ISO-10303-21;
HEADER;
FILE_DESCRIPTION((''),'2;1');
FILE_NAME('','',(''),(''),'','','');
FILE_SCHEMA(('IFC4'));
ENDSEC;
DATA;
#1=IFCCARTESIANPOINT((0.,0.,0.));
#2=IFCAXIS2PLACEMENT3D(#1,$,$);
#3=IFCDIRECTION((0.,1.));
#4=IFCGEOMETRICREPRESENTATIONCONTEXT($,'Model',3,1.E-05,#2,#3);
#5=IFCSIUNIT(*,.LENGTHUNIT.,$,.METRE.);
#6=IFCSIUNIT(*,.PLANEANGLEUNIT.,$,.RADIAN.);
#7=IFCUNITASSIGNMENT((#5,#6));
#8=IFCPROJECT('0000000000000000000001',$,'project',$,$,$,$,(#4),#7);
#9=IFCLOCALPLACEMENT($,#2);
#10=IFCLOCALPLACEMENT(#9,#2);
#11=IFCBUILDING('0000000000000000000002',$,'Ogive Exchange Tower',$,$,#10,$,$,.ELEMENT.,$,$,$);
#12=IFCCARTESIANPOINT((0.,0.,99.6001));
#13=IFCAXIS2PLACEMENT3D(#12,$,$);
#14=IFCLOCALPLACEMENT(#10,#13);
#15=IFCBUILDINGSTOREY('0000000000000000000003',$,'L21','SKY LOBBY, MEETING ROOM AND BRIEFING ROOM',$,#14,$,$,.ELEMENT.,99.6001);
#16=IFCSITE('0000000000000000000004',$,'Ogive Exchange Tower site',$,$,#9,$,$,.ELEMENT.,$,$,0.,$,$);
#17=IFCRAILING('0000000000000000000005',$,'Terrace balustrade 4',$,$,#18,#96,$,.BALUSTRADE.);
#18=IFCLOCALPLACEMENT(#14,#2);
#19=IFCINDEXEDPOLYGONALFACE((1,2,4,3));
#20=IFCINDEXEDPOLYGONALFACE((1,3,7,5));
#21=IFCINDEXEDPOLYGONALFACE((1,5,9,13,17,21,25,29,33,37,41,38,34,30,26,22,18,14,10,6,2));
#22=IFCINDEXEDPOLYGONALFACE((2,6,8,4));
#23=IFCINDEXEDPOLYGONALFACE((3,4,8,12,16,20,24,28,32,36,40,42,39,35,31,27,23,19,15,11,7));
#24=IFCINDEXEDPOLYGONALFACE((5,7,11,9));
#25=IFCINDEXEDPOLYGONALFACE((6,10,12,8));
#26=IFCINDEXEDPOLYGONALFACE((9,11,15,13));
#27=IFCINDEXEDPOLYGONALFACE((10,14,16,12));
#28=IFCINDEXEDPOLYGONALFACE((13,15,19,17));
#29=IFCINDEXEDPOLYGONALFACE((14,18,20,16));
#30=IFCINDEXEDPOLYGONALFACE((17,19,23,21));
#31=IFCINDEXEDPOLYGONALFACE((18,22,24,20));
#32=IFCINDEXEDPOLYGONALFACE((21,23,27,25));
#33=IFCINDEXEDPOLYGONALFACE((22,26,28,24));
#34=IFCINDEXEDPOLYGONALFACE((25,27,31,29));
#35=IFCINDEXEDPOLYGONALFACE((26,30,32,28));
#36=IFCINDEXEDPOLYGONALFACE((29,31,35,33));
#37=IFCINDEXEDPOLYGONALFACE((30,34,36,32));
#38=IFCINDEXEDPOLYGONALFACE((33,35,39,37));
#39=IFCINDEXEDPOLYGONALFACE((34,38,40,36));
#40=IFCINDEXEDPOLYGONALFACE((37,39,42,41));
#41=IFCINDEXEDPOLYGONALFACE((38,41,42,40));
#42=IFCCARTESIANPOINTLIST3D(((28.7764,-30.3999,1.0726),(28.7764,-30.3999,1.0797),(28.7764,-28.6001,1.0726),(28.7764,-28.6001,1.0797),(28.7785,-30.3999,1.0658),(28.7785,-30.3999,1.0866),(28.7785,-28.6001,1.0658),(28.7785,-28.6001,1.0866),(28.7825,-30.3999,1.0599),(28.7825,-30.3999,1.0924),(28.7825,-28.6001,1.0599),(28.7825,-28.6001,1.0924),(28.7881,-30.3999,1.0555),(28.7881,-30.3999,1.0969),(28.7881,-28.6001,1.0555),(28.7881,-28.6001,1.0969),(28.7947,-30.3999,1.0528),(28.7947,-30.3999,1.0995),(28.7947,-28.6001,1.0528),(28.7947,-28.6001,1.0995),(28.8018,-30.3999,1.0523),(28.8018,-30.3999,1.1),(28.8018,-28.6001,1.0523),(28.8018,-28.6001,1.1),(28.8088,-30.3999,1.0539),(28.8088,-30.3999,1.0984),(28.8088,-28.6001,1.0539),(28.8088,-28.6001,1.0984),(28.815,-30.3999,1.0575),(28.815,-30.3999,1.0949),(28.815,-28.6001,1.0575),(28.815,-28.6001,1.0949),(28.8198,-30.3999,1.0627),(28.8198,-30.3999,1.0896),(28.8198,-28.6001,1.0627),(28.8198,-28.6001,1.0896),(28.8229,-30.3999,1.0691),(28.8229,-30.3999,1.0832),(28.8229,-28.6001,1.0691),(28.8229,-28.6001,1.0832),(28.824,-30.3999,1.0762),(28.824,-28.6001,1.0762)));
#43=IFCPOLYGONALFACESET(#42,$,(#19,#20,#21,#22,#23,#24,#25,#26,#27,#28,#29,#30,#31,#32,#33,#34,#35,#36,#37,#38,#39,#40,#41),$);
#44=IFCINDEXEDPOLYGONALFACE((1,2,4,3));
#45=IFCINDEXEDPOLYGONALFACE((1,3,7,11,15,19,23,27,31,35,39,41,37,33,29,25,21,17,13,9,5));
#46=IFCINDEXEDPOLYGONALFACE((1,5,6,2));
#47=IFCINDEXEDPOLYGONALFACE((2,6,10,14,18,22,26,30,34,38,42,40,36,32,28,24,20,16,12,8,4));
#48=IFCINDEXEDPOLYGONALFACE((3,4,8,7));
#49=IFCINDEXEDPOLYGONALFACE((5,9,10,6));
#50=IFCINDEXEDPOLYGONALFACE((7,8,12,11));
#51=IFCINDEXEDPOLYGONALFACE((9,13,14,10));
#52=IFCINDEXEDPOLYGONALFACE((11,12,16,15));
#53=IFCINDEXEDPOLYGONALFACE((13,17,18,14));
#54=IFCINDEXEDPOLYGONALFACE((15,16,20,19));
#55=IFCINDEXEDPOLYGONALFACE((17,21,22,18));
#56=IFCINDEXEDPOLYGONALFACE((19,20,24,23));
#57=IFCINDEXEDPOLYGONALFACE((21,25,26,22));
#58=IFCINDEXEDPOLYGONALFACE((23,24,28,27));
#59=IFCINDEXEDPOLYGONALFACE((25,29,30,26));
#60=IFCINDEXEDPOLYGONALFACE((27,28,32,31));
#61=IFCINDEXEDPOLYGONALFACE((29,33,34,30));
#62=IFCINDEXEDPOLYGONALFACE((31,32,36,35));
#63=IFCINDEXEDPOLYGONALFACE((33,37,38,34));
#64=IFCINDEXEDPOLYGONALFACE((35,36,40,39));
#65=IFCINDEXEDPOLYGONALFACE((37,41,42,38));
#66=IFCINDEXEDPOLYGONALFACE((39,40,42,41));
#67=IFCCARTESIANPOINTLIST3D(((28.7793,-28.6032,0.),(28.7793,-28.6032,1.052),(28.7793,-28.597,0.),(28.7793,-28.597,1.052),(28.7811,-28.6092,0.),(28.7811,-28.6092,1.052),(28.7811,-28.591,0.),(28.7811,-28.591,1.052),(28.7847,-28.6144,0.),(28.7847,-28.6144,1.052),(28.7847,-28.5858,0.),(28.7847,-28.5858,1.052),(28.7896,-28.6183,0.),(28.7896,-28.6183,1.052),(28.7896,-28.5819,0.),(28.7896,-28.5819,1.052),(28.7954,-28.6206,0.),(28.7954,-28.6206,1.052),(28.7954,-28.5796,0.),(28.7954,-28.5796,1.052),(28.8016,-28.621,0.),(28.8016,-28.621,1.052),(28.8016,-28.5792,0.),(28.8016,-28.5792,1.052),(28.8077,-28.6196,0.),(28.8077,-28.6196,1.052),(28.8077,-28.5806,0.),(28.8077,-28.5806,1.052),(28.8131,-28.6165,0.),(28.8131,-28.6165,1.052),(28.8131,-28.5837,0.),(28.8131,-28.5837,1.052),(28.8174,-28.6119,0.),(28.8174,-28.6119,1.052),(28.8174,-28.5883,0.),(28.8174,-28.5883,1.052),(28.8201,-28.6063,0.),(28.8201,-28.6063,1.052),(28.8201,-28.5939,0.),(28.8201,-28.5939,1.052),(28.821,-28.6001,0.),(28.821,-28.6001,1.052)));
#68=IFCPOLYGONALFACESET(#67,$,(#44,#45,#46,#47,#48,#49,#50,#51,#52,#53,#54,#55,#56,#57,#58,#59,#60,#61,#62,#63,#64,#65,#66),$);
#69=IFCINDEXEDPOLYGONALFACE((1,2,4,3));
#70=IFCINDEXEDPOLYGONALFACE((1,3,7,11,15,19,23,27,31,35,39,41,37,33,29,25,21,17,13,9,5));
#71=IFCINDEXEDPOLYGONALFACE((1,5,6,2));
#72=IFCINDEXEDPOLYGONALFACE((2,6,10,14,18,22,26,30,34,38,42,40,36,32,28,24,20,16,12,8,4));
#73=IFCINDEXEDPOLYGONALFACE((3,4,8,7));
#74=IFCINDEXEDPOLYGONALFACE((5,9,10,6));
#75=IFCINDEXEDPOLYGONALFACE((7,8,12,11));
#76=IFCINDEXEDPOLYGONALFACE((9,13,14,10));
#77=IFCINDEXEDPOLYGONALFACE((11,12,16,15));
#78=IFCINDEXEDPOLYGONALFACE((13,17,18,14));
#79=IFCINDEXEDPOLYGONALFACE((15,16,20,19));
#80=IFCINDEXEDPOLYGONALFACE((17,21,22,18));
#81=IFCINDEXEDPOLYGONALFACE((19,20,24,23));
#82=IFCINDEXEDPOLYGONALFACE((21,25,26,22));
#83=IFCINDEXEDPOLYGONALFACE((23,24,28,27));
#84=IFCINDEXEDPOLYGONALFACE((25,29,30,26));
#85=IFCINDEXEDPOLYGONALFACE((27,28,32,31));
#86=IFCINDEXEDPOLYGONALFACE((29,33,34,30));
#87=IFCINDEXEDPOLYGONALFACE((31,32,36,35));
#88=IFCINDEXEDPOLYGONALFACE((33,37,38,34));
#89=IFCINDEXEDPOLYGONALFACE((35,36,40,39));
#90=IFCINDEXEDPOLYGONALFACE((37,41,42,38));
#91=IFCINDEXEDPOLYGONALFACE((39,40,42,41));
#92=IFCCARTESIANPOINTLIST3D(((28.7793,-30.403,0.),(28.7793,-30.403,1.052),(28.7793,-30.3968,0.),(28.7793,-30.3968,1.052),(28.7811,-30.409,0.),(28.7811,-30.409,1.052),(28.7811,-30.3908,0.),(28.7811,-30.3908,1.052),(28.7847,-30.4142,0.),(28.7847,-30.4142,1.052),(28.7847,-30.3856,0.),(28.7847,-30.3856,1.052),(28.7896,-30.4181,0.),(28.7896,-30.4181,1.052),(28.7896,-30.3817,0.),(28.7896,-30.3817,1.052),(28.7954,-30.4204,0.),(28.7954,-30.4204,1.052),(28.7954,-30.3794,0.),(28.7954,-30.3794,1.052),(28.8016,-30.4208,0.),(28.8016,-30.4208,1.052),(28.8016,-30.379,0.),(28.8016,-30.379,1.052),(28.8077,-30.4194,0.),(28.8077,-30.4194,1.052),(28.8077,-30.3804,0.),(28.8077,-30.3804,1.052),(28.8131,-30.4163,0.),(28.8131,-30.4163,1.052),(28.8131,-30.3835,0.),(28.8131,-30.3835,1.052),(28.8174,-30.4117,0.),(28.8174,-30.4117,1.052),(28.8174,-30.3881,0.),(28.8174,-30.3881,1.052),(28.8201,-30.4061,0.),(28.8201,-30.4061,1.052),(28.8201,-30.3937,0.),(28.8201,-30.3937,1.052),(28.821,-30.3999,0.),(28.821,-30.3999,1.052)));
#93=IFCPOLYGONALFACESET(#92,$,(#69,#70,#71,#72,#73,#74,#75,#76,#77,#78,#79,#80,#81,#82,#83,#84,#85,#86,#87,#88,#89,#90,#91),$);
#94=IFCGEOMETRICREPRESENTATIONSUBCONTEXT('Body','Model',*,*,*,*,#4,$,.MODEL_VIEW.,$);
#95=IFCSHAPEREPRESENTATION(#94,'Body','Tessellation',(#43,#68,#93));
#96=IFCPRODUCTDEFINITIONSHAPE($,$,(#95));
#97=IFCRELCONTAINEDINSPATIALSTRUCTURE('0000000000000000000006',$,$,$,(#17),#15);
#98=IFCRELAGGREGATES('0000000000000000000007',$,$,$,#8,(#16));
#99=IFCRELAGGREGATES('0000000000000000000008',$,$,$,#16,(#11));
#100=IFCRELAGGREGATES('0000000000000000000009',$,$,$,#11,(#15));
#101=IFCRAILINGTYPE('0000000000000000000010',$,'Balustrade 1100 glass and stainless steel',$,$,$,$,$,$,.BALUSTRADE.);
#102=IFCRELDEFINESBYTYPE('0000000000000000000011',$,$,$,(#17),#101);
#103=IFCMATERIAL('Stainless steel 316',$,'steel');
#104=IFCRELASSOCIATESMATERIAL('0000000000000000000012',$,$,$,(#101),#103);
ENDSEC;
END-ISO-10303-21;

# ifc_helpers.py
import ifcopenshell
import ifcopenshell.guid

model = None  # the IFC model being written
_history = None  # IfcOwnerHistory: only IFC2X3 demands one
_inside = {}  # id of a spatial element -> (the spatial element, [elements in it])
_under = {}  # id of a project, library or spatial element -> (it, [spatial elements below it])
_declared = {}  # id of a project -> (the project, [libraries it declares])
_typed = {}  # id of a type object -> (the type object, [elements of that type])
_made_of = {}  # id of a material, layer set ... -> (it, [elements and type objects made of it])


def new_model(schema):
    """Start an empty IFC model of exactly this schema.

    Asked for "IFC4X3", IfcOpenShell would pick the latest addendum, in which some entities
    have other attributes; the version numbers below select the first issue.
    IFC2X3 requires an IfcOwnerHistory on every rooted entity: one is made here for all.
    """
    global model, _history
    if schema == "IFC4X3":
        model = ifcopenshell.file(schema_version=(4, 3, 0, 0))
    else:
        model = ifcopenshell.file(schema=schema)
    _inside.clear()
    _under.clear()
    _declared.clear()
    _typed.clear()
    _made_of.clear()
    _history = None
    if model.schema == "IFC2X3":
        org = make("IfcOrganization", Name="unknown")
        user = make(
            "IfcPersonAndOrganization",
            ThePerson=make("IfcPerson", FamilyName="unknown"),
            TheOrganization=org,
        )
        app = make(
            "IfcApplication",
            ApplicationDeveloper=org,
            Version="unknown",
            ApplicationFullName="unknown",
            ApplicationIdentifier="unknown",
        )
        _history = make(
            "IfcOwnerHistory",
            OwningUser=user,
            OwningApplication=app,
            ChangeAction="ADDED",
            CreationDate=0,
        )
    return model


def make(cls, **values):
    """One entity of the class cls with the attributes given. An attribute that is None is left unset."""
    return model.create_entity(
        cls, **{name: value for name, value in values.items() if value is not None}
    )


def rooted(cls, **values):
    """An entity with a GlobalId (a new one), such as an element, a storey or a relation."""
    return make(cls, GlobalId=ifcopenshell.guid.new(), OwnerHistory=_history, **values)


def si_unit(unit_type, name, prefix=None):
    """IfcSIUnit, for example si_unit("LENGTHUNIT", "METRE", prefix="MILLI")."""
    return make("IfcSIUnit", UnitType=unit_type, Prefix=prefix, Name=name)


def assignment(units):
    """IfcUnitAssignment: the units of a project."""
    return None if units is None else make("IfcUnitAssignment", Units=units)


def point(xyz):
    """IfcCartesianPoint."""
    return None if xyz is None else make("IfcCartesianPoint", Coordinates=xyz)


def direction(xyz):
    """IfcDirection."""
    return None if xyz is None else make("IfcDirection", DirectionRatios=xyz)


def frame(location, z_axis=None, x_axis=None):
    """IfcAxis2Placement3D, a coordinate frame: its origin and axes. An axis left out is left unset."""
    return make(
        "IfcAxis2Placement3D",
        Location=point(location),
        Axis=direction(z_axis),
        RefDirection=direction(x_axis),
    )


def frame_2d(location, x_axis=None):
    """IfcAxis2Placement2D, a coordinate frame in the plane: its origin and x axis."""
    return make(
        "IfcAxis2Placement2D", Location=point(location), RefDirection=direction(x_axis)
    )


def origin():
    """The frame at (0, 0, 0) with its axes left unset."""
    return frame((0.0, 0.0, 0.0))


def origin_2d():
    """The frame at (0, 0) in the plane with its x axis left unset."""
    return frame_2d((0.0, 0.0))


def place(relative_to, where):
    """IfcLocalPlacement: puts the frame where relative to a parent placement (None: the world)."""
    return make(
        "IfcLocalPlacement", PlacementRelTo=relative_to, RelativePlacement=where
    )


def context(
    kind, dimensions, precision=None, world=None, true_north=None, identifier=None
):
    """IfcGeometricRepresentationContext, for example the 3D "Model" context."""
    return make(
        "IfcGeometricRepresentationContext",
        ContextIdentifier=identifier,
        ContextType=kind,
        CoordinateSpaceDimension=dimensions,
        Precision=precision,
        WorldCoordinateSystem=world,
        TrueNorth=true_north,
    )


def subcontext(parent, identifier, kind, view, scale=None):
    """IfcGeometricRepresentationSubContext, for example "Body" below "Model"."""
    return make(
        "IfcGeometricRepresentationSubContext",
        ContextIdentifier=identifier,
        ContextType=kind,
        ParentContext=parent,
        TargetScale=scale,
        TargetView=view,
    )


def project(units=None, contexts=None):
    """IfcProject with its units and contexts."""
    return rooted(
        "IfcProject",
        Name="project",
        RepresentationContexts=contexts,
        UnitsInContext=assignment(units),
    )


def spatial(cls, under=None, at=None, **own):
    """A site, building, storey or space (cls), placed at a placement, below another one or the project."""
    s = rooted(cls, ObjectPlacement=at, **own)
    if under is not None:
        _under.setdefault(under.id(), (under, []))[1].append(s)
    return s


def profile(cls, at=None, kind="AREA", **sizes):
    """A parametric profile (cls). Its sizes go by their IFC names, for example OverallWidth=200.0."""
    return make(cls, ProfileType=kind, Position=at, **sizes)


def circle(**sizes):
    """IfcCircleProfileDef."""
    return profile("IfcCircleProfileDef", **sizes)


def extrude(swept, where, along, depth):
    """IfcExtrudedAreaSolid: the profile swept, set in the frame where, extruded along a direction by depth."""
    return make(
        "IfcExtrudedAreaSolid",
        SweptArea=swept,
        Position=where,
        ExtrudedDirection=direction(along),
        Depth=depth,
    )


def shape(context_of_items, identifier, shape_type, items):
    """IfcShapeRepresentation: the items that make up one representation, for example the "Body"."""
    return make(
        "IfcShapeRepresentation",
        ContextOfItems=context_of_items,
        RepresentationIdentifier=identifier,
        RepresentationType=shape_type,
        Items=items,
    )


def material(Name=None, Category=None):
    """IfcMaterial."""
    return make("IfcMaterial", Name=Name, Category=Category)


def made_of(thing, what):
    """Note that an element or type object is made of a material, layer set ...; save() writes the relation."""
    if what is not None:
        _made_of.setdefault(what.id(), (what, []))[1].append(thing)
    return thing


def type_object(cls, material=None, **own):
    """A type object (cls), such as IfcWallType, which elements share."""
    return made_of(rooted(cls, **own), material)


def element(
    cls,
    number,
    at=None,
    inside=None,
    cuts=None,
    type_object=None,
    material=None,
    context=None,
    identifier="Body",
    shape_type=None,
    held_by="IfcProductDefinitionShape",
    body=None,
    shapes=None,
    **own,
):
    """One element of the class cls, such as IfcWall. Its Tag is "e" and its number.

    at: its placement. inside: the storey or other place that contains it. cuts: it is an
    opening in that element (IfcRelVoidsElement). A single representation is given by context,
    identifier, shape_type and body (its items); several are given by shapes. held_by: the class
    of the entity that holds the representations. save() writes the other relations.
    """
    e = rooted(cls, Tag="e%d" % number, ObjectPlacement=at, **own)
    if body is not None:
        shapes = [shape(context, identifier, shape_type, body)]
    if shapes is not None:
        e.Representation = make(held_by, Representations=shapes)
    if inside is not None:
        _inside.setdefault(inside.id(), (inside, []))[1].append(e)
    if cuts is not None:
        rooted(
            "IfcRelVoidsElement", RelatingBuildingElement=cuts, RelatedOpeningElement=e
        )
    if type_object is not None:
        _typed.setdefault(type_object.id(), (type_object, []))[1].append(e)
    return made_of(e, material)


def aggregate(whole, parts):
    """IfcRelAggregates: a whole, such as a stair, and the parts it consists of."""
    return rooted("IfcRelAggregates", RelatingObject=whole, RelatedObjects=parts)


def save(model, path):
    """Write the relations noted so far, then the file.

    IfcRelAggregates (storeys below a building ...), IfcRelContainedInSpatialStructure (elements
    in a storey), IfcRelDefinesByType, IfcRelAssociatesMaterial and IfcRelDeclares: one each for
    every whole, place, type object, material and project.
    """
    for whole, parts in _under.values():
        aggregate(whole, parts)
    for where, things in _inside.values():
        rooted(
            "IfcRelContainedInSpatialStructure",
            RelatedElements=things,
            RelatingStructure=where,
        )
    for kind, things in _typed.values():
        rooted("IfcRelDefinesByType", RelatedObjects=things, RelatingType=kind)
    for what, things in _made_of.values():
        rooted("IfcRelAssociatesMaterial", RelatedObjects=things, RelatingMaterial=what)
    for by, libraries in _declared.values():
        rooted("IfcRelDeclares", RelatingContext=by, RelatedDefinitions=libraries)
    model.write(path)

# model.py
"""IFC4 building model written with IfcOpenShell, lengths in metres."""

from ifc_helpers import new_model, si_unit, direction, frame, origin, origin_2d, place, context, subcontext, project, spatial, circle, extrude, material, type_object, element, save


model = new_model("IFC4")

# Units and contexts
model_context = context("Model", 3, precision=1e-05, world=origin(), true_north=direction((0.0, 1.0)))
body_context = subcontext(model_context, "Body", "Model", "MODEL_VIEW")
ifc_project = project(units=[si_unit("LENGTHUNIT", "METRE"), si_unit("PLANEANGLEUNIT", "RADIAN")], contexts=[model_context])

# Site, building, storey
site_placement = place(None, origin())
site = spatial("IfcSite", under=ifc_project, at=site_placement, Name="Ogive Exchange Tower site", CompositionType="ELEMENT", RefElevation=0.0)
building_placement = place(site_placement, origin())
building = spatial("IfcBuilding", under=site, at=building_placement, Name="Ogive Exchange Tower", CompositionType="ELEMENT")
storey_placement = place(building_placement, frame((0.0, 0.0, 99.6001)))
storey = spatial("IfcBuildingStorey", under=building, at=storey_placement, Name="L21", Description="SKY LOBBY, MEETING ROOM AND BRIEFING ROOM", CompositionType="ELEMENT", Elevation=99.6001)

# Railing
ifc_material_1 = material(Name="Stainless steel 316", Category="steel")
railing_type = type_object("IfcRailingType", Name="Balustrade 1100 glass and stainless steel", PredefinedType="BALUSTRADE", material=ifc_material_1)
railing_1_placement = place(storey_placement, frame((28.8, -28.6001, 0.0)))
element("IfcRailing", 1, at=railing_1_placement, inside=storey, type_object=railing_type, Name="Terrace balustrade 4", PredefinedType="BALUSTRADE", context=body_context, shape_type="SweptSolid", body=[
    extrude(circle(Radius=0.0239, at=origin_2d()), frame((0.0, 0.0, 1.0762), z_axis=(0.0, -1.0, 0.0), x_axis=(1.0, 0.0, 0.0)), (0.0, 0.0, 1.0), 1.7998),
    extrude(circle(Radius=0.021, at=origin_2d()), origin(), (0.0, 0.0, 1.0), 1.052),
    extrude(circle(Radius=0.021, at=origin_2d()), frame((0.0, -1.7998, 0.0)), (0.0, 0.0, 1.0), 1.052),
])

save(model, "model.ifc")
